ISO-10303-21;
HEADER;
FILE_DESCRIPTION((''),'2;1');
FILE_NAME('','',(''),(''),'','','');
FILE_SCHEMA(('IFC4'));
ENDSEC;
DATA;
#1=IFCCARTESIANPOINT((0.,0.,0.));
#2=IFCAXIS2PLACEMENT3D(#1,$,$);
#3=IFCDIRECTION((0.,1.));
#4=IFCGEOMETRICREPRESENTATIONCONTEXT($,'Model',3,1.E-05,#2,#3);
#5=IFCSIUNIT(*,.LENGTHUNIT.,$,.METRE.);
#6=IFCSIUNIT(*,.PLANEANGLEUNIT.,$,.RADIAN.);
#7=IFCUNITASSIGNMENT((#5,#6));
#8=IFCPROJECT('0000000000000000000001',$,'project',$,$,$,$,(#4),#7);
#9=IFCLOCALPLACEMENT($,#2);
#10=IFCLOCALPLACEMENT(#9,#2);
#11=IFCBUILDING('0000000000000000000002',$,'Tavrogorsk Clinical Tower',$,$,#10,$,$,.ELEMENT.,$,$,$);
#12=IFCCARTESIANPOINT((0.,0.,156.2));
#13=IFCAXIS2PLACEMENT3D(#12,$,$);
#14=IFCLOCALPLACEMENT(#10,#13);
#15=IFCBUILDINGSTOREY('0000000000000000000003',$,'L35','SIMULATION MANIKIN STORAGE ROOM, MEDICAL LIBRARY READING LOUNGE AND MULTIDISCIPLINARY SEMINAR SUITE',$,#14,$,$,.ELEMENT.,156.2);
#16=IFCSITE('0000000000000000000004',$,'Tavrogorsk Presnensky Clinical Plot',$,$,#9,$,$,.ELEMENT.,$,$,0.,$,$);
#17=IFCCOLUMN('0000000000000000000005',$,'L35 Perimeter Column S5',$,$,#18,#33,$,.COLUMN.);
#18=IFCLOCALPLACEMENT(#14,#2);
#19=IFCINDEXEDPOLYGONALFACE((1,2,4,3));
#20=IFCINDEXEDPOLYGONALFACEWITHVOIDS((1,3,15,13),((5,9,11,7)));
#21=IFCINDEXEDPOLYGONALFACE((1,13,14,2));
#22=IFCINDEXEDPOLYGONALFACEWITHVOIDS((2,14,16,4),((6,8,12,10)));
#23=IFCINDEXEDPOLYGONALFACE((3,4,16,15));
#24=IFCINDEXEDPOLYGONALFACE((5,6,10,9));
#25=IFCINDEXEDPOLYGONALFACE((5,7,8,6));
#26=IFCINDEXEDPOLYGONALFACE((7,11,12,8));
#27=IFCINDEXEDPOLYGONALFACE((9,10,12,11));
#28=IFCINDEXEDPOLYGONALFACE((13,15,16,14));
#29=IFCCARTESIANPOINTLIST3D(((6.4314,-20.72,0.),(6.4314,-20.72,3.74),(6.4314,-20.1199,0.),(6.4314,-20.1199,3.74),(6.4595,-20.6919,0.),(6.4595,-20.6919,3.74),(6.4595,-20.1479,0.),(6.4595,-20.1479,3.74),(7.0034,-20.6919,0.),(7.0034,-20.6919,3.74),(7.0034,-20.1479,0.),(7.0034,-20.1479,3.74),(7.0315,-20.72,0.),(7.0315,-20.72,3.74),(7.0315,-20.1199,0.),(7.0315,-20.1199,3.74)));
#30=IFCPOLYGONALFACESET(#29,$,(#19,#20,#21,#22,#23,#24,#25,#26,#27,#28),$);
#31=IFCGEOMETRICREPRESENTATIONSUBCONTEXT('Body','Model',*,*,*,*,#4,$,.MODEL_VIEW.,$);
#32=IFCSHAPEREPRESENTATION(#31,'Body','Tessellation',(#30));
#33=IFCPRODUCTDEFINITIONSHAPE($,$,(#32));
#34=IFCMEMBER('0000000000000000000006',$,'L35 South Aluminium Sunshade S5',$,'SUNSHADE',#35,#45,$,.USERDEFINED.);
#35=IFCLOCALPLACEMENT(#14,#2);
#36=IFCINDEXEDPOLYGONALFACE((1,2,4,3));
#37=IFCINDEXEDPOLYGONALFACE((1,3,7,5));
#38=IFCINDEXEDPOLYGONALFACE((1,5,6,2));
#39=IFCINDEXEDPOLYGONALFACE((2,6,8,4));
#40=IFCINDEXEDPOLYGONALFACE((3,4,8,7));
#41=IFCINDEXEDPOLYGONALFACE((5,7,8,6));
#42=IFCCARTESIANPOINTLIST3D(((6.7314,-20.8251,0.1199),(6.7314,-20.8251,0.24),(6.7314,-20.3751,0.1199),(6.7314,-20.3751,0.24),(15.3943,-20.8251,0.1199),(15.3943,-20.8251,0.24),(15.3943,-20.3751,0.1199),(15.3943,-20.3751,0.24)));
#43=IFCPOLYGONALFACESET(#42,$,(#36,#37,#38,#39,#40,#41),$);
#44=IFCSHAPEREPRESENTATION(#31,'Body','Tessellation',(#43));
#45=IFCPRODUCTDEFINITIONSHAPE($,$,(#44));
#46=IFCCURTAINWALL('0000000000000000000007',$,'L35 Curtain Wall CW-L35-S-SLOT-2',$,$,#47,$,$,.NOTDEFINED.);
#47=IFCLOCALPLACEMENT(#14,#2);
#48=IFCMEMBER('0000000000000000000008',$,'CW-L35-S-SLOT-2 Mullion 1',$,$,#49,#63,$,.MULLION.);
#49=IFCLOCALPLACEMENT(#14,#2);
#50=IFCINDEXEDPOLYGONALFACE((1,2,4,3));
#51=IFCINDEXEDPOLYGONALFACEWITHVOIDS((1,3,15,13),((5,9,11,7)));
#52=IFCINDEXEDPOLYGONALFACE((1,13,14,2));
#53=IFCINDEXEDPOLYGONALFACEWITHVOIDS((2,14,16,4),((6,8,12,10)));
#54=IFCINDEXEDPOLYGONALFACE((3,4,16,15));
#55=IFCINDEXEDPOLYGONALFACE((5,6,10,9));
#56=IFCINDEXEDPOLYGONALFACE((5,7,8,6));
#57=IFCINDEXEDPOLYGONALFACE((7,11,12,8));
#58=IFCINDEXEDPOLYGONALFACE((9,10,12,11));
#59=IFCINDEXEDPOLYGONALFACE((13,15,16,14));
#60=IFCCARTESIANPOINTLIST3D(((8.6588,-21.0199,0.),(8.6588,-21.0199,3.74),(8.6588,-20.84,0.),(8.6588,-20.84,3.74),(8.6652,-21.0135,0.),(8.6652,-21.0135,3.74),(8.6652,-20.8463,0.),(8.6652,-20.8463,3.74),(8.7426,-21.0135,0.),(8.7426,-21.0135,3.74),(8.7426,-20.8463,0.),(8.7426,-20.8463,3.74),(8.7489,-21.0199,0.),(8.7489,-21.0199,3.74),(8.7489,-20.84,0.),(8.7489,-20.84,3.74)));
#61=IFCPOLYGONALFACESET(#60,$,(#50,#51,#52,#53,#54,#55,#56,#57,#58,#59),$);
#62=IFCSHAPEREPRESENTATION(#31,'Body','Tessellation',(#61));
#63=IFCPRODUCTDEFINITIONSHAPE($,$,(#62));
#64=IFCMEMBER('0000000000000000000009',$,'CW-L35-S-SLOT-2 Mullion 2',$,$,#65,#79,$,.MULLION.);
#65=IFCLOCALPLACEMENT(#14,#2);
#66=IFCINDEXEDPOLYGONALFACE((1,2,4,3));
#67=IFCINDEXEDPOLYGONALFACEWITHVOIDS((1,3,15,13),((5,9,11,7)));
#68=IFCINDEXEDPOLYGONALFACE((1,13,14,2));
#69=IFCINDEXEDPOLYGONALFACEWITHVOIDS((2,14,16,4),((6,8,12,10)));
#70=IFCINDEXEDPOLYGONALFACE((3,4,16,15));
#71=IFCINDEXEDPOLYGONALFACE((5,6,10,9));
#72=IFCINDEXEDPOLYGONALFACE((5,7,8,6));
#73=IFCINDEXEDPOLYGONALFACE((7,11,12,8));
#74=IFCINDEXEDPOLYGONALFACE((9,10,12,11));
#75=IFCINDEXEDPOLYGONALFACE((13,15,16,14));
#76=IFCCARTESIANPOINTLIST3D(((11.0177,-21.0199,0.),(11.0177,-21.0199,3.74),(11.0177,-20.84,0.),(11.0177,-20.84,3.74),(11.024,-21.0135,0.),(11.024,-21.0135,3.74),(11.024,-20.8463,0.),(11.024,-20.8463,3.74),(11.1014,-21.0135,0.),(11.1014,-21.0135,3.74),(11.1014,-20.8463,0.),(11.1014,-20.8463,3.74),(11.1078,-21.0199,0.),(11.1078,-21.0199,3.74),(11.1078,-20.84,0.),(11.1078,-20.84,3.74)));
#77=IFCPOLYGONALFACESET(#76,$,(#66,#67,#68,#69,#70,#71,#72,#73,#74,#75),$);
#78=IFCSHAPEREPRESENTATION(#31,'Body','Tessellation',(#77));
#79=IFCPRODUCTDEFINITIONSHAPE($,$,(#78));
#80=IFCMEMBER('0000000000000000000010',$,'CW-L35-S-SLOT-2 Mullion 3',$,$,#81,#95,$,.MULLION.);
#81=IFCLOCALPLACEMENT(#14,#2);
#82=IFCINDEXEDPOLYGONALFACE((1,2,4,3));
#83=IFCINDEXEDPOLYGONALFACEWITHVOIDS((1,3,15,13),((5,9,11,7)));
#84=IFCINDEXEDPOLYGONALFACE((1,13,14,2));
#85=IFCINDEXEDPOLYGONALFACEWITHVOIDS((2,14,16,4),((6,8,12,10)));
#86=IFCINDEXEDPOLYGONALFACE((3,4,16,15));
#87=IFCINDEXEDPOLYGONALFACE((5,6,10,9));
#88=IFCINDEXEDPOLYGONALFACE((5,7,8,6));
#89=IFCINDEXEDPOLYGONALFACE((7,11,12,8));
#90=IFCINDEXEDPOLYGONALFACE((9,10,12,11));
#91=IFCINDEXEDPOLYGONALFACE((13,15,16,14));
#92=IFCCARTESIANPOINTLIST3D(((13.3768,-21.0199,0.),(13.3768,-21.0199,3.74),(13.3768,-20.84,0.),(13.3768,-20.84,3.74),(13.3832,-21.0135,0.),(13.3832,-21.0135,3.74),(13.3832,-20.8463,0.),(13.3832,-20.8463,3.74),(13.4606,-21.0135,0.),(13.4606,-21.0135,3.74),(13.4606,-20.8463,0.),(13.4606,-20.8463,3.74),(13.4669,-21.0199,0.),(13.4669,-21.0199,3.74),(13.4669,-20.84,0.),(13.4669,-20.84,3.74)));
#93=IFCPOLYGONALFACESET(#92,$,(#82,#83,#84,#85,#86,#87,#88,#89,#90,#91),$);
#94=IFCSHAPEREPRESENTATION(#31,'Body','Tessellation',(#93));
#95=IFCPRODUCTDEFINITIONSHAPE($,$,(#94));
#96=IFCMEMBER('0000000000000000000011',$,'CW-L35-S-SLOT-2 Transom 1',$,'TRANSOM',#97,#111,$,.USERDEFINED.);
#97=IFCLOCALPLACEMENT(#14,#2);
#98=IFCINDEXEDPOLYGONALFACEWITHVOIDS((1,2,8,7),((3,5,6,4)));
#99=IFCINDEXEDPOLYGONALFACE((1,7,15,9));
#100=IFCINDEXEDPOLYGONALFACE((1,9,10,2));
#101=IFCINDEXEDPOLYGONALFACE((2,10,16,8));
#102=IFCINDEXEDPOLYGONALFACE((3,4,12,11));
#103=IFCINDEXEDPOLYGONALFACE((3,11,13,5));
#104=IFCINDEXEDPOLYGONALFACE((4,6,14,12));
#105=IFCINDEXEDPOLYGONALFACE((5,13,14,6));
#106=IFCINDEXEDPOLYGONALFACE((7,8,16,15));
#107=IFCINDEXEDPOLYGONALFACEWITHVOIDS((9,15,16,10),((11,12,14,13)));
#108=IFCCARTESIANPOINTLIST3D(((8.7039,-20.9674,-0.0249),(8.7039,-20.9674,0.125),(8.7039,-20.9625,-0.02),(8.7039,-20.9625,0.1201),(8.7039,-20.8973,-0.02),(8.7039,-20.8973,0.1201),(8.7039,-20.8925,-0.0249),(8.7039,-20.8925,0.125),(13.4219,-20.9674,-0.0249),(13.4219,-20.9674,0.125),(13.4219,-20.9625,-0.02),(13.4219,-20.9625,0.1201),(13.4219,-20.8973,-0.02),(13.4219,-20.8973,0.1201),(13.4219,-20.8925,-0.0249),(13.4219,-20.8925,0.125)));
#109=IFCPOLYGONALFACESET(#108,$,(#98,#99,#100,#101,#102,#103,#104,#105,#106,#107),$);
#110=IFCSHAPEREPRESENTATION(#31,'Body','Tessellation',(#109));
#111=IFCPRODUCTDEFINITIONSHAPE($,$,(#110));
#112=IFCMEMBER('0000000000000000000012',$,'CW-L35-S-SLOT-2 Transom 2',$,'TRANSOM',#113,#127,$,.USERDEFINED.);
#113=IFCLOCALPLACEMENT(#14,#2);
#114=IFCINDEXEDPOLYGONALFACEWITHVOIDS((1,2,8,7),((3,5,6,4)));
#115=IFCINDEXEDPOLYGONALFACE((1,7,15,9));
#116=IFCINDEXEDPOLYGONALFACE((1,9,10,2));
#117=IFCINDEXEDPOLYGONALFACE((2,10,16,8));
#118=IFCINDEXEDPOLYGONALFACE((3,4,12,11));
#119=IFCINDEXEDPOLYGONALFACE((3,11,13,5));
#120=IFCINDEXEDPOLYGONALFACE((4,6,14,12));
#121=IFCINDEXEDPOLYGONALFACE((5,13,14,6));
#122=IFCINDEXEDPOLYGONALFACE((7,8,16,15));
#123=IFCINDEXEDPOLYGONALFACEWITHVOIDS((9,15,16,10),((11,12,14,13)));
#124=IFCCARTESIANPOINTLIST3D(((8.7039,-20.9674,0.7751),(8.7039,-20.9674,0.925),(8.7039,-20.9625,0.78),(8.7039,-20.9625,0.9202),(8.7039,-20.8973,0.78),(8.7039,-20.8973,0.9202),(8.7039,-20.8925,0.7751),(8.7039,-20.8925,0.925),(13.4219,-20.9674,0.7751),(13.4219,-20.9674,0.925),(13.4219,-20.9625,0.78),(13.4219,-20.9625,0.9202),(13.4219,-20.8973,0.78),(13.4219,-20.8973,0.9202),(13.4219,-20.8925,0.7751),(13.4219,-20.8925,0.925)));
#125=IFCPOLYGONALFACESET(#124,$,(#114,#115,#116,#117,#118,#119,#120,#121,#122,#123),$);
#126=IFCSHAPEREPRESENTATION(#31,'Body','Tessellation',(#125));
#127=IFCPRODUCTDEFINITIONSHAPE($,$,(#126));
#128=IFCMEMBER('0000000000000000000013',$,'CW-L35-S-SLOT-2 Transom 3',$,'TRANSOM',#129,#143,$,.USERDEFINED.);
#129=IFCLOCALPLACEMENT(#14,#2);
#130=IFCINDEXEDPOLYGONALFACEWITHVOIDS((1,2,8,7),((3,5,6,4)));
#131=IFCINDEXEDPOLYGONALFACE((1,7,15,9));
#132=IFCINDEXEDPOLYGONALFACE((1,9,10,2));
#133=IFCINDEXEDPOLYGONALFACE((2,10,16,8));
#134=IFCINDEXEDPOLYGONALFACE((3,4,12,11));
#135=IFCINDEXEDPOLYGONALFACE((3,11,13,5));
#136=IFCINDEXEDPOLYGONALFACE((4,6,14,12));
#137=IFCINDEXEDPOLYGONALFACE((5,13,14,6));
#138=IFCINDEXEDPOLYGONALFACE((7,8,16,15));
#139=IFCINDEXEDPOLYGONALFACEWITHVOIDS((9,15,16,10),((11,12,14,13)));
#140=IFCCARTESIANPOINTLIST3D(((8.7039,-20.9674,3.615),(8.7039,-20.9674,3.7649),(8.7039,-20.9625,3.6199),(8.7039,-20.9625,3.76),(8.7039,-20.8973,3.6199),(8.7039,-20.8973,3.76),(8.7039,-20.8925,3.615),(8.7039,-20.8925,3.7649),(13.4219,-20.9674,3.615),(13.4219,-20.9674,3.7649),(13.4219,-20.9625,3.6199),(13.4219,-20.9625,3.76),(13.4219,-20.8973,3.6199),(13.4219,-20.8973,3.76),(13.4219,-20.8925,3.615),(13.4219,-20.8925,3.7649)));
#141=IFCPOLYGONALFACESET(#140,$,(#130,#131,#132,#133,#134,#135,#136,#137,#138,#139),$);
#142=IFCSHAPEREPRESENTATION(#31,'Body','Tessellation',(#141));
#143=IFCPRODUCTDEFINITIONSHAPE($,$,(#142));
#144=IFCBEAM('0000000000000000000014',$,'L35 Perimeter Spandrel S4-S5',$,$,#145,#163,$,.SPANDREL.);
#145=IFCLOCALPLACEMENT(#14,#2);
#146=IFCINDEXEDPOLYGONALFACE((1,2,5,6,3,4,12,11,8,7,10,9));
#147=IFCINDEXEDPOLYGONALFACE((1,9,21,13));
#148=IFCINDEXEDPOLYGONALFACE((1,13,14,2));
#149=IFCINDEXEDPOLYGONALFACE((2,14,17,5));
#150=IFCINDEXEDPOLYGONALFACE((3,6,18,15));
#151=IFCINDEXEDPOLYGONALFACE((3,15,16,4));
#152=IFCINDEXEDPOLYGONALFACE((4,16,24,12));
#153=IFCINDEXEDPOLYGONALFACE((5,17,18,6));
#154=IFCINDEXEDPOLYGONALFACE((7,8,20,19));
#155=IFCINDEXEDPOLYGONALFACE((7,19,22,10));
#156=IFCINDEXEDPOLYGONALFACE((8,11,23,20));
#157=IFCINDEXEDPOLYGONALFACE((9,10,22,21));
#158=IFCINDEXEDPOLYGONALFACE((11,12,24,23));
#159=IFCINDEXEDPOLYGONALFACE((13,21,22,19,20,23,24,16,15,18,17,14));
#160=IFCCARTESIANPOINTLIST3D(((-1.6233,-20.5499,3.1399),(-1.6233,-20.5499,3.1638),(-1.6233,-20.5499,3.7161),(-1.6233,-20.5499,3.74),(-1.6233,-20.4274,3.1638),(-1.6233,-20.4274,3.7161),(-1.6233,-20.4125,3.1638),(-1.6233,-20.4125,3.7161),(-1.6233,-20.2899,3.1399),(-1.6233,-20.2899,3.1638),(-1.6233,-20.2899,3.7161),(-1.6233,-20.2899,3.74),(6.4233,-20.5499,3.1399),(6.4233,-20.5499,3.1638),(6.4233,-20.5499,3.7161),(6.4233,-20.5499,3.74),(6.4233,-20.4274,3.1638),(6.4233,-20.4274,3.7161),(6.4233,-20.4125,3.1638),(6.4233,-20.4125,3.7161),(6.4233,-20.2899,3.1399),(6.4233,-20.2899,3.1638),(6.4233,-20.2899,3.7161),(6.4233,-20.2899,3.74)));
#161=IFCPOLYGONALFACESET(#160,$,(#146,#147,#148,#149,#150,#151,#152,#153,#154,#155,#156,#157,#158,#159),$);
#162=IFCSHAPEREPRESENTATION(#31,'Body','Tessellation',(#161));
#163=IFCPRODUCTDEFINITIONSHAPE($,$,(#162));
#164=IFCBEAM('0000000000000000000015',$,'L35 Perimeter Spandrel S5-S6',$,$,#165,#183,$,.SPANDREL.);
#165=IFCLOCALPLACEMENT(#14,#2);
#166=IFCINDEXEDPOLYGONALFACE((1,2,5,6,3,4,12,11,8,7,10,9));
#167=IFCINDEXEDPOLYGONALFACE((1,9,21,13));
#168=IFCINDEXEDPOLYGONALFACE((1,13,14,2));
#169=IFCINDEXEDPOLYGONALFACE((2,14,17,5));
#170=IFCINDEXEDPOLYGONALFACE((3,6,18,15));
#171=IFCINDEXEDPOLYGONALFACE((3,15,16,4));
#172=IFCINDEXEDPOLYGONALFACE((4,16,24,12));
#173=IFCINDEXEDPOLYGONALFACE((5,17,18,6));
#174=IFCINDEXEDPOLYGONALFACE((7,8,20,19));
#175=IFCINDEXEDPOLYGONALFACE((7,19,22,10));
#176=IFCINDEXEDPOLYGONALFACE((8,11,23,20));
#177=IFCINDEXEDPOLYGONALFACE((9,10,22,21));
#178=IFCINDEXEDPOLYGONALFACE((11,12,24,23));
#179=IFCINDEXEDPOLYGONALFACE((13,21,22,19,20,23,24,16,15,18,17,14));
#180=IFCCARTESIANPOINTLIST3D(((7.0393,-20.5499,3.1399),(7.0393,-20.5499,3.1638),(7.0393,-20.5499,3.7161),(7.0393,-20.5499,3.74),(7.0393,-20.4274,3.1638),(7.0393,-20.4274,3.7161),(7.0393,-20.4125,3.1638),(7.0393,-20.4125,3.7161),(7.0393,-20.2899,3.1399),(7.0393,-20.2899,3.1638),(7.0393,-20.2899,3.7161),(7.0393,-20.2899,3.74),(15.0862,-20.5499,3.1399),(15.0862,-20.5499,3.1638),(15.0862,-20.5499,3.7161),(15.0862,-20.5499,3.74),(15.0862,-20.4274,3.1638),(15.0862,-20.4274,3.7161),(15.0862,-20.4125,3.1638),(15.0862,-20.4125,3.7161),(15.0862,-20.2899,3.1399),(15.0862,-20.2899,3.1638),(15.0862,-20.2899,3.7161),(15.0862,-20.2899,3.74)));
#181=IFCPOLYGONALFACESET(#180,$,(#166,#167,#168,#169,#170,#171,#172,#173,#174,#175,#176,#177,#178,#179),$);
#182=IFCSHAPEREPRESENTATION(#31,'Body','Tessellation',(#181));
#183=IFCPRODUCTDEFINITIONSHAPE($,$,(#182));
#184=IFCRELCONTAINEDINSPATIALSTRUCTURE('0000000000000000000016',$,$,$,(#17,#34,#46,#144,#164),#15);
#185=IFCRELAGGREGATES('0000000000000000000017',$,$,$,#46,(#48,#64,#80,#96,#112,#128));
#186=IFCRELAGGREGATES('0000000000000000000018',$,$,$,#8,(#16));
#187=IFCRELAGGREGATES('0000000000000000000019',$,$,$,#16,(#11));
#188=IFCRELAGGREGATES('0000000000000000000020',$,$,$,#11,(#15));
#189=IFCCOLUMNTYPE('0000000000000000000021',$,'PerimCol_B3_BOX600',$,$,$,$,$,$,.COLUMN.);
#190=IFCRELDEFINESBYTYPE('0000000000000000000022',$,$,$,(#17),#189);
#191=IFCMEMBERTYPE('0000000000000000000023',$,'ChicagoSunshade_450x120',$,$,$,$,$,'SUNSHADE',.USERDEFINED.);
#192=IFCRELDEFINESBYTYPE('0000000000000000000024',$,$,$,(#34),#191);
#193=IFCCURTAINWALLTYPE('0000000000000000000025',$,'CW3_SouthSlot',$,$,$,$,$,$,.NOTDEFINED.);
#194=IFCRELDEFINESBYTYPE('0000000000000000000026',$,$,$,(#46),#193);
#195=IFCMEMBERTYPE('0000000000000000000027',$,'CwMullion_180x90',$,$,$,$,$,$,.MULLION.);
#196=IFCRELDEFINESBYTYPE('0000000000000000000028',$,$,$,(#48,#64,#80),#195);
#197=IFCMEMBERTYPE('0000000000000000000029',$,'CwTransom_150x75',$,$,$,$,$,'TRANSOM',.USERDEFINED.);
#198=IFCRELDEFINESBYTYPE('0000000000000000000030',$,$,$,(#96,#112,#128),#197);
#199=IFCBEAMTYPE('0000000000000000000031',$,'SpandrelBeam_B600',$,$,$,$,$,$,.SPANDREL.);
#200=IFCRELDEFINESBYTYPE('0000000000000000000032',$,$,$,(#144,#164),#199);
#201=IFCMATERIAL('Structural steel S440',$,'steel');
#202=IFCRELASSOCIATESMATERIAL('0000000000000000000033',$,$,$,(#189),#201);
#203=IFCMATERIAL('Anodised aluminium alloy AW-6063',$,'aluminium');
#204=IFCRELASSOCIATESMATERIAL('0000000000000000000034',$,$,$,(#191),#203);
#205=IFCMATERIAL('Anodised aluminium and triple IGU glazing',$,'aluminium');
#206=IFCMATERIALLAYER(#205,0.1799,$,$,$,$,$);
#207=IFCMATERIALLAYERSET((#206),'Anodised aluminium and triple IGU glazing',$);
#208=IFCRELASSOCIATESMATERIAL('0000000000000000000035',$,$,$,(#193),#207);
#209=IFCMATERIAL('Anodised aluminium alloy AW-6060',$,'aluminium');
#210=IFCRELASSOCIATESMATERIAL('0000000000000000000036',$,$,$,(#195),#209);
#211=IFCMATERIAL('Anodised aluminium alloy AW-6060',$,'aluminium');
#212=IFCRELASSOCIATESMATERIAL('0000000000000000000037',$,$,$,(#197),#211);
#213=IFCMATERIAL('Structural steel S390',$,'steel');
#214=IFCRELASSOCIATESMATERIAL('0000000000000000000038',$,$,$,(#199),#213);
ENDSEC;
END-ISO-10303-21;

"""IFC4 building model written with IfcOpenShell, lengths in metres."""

from ifc_helpers import new_model, si_unit, direction, frame, origin, origin_2d, place, context, subcontext, project, spatial, rectangle, hollow_rectangle, i_section, extrude, material, layer, layer_set, material_profile, profile_set, type_object, element, aggregate, save


model = new_model("IFC4")

# Units and contexts
model_context = context("Model", 3, precision=1e-05, world=origin(), true_north=direction((0.0, 1.0)))
body_context = subcontext(model_context, "Body", "Model", "MODEL_VIEW")
ifc_project = project(units=[si_unit("LENGTHUNIT", "METRE"), si_unit("PLANEANGLEUNIT", "RADIAN")], contexts=[model_context])

# Site, building, storey
site_placement = place(None, origin())
site = spatial("IfcSite", under=ifc_project, at=site_placement, Name="Tavrogorsk Presnensky Clinical Plot", CompositionType="ELEMENT", RefElevation=0.0)
building_placement = place(site_placement, origin())
building = spatial("IfcBuilding", under=site, at=building_placement, Name="Tavrogorsk Clinical Tower", CompositionType="ELEMENT")
storey_placement = place(building_placement, frame((0.0, 0.0, 156.2)))
storey = spatial("IfcBuildingStorey", under=building, at=storey_placement, Name="L35", Description="SIMULATION MANIKIN STORAGE ROOM, MEDICAL LIBRARY READING LOUNGE AND MULTIDISCIPLINARY SEMINAR SUITE", CompositionType="ELEMENT", Elevation=156.2)

# Column
ifc_material_1 = material(Name="Structural steel S440", Category="steel")
ifc_material_profile_1 = material_profile(ifc_material_1, hollow_rectangle(XDim=0.6001, YDim=0.6001, WallThickness=0.0281, at=origin_2d()), Name="BOX-600x600x28")
ifc_profile_set_1 = profile_set([ifc_material_profile_1], Name="Structural steel S440")
column_type = type_object("IfcColumnType", Name="PerimCol_B3_BOX600", PredefinedType="COLUMN", material=ifc_profile_set_1)
column_placement = place(storey_placement, frame((6.7314, -20.4199, 0.0), z_axis=(0.0, 0.0, 1.0), x_axis=(1.0, 0.0, 0.0)))
element("IfcColumn", 1, at=column_placement, inside=storey, type_object=column_type, Name="L35 Perimeter Column S5", PredefinedType="COLUMN", context=body_context, shape_type="SweptSolid", body=[
    extrude(hollow_rectangle(XDim=0.6001, YDim=0.6001, WallThickness=0.0281, at=origin_2d()), origin(), (0.0, 0.0, 1.0), 3.74),
])

# Member
ifc_material_2 = material(Name="Anodised aluminium alloy AW-6063", Category="aluminium")
ifc_material_profile_2 = material_profile(ifc_material_2, rectangle(XDim=0.45, YDim=0.1201, at=origin_2d()), Name="ALU-SUNSHADE-450x120")
ifc_profile_set_2 = profile_set([ifc_material_profile_2], Name="Anodised aluminium alloy AW-6063")
member_type_1 = type_object("IfcMemberType", Name="ChicagoSunshade_450x120", ElementType="SUNSHADE", PredefinedType="USERDEFINED", material=ifc_profile_set_2)
member_1_placement = place(storey_placement, frame((6.7314, -20.6001, 0.1799), z_axis=(1.0, 0.0, 0.0), x_axis=(0.0, 1.0, 0.0)))
element("IfcMember", 2, at=member_1_placement, inside=storey, type_object=member_type_1, Name="L35 South Aluminium Sunshade S5", ObjectType="SUNSHADE", PredefinedType="USERDEFINED", context=body_context, shape_type="SweptSolid", body=[
    extrude(rectangle(XDim=0.45, YDim=0.1201, at=origin_2d()), origin(), (0.0, 0.0, 1.0), 8.6628),
])

# Curtain wall, members
ifc_material_3 = material(Name="Anodised aluminium and triple IGU glazing", Category="aluminium")
ifc_layer_1 = layer(ifc_material_3, 0.1799)
ifc_layer_set_1 = layer_set([ifc_layer_1], Name="Anodised aluminium and triple IGU glazing")
curtain_wall_type = type_object("IfcCurtainWallType", Name="CW3_SouthSlot", PredefinedType="NOTDEFINED", material=ifc_layer_set_1)
curtain_wall_placement = place(storey_placement, origin())
curtain_wall = element("IfcCurtainWall", 3, at=curtain_wall_placement, inside=storey, type_object=curtain_wall_type, Name="L35 Curtain Wall CW-L35-S-SLOT-2", PredefinedType="NOTDEFINED")
ifc_material_4 = material(Name="Anodised aluminium alloy AW-6060", Category="aluminium")
ifc_material_profile_3 = material_profile(ifc_material_4, hollow_rectangle(XDim=0.0901, YDim=0.1799, WallThickness=0.0063, at=origin_2d()), Name="RHS-180x90x6.3")
ifc_profile_set_3 = profile_set([ifc_material_profile_3], Name="Anodised aluminium alloy AW-6060")
member_type_2 = type_object("IfcMemberType", Name="CwMullion_180x90", PredefinedType="MULLION", material=ifc_profile_set_3)
member_2_placement = place(storey_placement, frame((8.7039, -20.9299, 0.0), z_axis=(0.0, 0.0, 1.0), x_axis=(1.0, 0.0, 0.0)))
member_2 = element("IfcMember", 4, at=member_2_placement, type_object=member_type_2, Name="CW-L35-S-SLOT-2 Mullion 1", PredefinedType="MULLION", context=body_context, shape_type="SweptSolid", body=[
    extrude(hollow_rectangle(XDim=0.0901, YDim=0.1799, WallThickness=0.0063, at=origin_2d()), origin(), (0.0, 0.0, 1.0), 3.74),
])
member_3_placement = place(storey_placement, frame((11.0627, -20.9299, 0.0), z_axis=(0.0, 0.0, 1.0), x_axis=(1.0, 0.0, 0.0)))
member_3 = element("IfcMember", 5, at=member_3_placement, type_object=member_type_2, Name="CW-L35-S-SLOT-2 Mullion 2", PredefinedType="MULLION", context=body_context, shape_type="SweptSolid", body=[
    extrude(hollow_rectangle(XDim=0.0901, YDim=0.1799, WallThickness=0.0063, at=origin_2d()), origin(), (0.0, 0.0, 1.0), 3.74),
])
member_4_placement = place(storey_placement, frame((13.4219, -20.9299, 0.0), z_axis=(0.0, 0.0, 1.0), x_axis=(1.0, 0.0, 0.0)))
member_4 = element("IfcMember", 6, at=member_4_placement, type_object=member_type_2, Name="CW-L35-S-SLOT-2 Mullion 3", PredefinedType="MULLION", context=body_context, shape_type="SweptSolid", body=[
    extrude(hollow_rectangle(XDim=0.0901, YDim=0.1799, WallThickness=0.0063, at=origin_2d()), origin(), (0.0, 0.0, 1.0), 3.74),
])
ifc_material_5 = material(Name="Anodised aluminium alloy AW-6060", Category="aluminium")
ifc_material_profile_4 = material_profile(ifc_material_5, hollow_rectangle(XDim=0.075, YDim=0.1499, WallThickness=0.0049, at=origin_2d()), Name="RHS-150x75x5")
ifc_profile_set_4 = profile_set([ifc_material_profile_4], Name="Anodised aluminium alloy AW-6060")
member_type_3 = type_object("IfcMemberType", Name="CwTransom_150x75", ElementType="TRANSOM", PredefinedType="USERDEFINED", material=ifc_profile_set_4)
member_5_placement = place(storey_placement, frame((8.7039, -20.9299, 0.05), z_axis=(1.0, 0.0, 0.0), x_axis=(0.0, 1.0, 0.0)))
member_5 = element("IfcMember", 7, at=member_5_placement, type_object=member_type_3, Name="CW-L35-S-SLOT-2 Transom 1", ObjectType="TRANSOM", PredefinedType="USERDEFINED", context=body_context, shape_type="SweptSolid", body=[
    extrude(hollow_rectangle(XDim=0.075, YDim=0.1499, WallThickness=0.0049, at=origin_2d()), origin(), (0.0, 0.0, 1.0), 4.718),
])
member_6_placement = place(storey_placement, frame((8.7039, -20.9299, 0.8501), z_axis=(1.0, 0.0, 0.0), x_axis=(0.0, 1.0, 0.0)))
member_6 = element("IfcMember", 8, at=member_6_placement, type_object=member_type_3, Name="CW-L35-S-SLOT-2 Transom 2", ObjectType="TRANSOM", PredefinedType="USERDEFINED", context=body_context, shape_type="SweptSolid", body=[
    extrude(hollow_rectangle(XDim=0.075, YDim=0.1499, WallThickness=0.0049, at=origin_2d()), origin(), (0.0, 0.0, 1.0), 4.718),
])
member_7_placement = place(storey_placement, frame((8.7039, -20.9299, 3.6899), z_axis=(1.0, 0.0, 0.0), x_axis=(0.0, 1.0, 0.0)))
member_7 = element("IfcMember", 9, at=member_7_placement, type_object=member_type_3, Name="CW-L35-S-SLOT-2 Transom 3", ObjectType="TRANSOM", PredefinedType="USERDEFINED", context=body_context, shape_type="SweptSolid", body=[
    extrude(hollow_rectangle(XDim=0.075, YDim=0.1499, WallThickness=0.0049, at=origin_2d()), origin(), (0.0, 0.0, 1.0), 4.718),
])

# Beams
ifc_material_6 = material(Name="Structural steel S390", Category="steel")
ifc_material_profile_5 = material_profile(ifc_material_6, i_section(OverallWidth=0.26, OverallDepth=0.6001, WebThickness=0.0149, FlangeThickness=0.0239, at=origin_2d()), Name="B-600x260x15x24")
ifc_profile_set_5 = profile_set([ifc_material_profile_5], Name="Structural steel S390")
beam_type = type_object("IfcBeamType", Name="SpandrelBeam_B600", PredefinedType="SPANDREL", material=ifc_profile_set_5)
beam_1_placement = place(storey_placement, frame((-1.6233, -20.4199, 3.4399), z_axis=(1.0, 0.0, 0.0), x_axis=(0.0, 1.0, 0.0)))
element("IfcBeam", 10, at=beam_1_placement, inside=storey, type_object=beam_type, Name="L35 Perimeter Spandrel S4-S5", PredefinedType="SPANDREL", context=body_context, shape_type="SweptSolid", body=[
    extrude(i_section(OverallWidth=0.26, OverallDepth=0.6001, WebThickness=0.0149, FlangeThickness=0.0239, at=origin_2d()), origin(), (0.0, 0.0, 1.0), 8.0466),
])
beam_2_placement = place(storey_placement, frame((7.0393, -20.4199, 3.4399), z_axis=(1.0, 0.0, 0.0), x_axis=(0.0, 1.0, 0.0)))
element("IfcBeam", 11, at=beam_2_placement, inside=storey, type_object=beam_type, Name="L35 Perimeter Spandrel S5-S6", PredefinedType="SPANDREL", context=body_context, shape_type="SweptSolid", body=[
    extrude(i_section(OverallWidth=0.26, OverallDepth=0.6001, WebThickness=0.0149, FlangeThickness=0.0239, at=origin_2d()), origin(), (0.0, 0.0, 1.0), 8.0469),
])

aggregate(curtain_wall, [member_2, member_3, member_4, member_5, member_6, member_7])

save(model, "model.ifc")
